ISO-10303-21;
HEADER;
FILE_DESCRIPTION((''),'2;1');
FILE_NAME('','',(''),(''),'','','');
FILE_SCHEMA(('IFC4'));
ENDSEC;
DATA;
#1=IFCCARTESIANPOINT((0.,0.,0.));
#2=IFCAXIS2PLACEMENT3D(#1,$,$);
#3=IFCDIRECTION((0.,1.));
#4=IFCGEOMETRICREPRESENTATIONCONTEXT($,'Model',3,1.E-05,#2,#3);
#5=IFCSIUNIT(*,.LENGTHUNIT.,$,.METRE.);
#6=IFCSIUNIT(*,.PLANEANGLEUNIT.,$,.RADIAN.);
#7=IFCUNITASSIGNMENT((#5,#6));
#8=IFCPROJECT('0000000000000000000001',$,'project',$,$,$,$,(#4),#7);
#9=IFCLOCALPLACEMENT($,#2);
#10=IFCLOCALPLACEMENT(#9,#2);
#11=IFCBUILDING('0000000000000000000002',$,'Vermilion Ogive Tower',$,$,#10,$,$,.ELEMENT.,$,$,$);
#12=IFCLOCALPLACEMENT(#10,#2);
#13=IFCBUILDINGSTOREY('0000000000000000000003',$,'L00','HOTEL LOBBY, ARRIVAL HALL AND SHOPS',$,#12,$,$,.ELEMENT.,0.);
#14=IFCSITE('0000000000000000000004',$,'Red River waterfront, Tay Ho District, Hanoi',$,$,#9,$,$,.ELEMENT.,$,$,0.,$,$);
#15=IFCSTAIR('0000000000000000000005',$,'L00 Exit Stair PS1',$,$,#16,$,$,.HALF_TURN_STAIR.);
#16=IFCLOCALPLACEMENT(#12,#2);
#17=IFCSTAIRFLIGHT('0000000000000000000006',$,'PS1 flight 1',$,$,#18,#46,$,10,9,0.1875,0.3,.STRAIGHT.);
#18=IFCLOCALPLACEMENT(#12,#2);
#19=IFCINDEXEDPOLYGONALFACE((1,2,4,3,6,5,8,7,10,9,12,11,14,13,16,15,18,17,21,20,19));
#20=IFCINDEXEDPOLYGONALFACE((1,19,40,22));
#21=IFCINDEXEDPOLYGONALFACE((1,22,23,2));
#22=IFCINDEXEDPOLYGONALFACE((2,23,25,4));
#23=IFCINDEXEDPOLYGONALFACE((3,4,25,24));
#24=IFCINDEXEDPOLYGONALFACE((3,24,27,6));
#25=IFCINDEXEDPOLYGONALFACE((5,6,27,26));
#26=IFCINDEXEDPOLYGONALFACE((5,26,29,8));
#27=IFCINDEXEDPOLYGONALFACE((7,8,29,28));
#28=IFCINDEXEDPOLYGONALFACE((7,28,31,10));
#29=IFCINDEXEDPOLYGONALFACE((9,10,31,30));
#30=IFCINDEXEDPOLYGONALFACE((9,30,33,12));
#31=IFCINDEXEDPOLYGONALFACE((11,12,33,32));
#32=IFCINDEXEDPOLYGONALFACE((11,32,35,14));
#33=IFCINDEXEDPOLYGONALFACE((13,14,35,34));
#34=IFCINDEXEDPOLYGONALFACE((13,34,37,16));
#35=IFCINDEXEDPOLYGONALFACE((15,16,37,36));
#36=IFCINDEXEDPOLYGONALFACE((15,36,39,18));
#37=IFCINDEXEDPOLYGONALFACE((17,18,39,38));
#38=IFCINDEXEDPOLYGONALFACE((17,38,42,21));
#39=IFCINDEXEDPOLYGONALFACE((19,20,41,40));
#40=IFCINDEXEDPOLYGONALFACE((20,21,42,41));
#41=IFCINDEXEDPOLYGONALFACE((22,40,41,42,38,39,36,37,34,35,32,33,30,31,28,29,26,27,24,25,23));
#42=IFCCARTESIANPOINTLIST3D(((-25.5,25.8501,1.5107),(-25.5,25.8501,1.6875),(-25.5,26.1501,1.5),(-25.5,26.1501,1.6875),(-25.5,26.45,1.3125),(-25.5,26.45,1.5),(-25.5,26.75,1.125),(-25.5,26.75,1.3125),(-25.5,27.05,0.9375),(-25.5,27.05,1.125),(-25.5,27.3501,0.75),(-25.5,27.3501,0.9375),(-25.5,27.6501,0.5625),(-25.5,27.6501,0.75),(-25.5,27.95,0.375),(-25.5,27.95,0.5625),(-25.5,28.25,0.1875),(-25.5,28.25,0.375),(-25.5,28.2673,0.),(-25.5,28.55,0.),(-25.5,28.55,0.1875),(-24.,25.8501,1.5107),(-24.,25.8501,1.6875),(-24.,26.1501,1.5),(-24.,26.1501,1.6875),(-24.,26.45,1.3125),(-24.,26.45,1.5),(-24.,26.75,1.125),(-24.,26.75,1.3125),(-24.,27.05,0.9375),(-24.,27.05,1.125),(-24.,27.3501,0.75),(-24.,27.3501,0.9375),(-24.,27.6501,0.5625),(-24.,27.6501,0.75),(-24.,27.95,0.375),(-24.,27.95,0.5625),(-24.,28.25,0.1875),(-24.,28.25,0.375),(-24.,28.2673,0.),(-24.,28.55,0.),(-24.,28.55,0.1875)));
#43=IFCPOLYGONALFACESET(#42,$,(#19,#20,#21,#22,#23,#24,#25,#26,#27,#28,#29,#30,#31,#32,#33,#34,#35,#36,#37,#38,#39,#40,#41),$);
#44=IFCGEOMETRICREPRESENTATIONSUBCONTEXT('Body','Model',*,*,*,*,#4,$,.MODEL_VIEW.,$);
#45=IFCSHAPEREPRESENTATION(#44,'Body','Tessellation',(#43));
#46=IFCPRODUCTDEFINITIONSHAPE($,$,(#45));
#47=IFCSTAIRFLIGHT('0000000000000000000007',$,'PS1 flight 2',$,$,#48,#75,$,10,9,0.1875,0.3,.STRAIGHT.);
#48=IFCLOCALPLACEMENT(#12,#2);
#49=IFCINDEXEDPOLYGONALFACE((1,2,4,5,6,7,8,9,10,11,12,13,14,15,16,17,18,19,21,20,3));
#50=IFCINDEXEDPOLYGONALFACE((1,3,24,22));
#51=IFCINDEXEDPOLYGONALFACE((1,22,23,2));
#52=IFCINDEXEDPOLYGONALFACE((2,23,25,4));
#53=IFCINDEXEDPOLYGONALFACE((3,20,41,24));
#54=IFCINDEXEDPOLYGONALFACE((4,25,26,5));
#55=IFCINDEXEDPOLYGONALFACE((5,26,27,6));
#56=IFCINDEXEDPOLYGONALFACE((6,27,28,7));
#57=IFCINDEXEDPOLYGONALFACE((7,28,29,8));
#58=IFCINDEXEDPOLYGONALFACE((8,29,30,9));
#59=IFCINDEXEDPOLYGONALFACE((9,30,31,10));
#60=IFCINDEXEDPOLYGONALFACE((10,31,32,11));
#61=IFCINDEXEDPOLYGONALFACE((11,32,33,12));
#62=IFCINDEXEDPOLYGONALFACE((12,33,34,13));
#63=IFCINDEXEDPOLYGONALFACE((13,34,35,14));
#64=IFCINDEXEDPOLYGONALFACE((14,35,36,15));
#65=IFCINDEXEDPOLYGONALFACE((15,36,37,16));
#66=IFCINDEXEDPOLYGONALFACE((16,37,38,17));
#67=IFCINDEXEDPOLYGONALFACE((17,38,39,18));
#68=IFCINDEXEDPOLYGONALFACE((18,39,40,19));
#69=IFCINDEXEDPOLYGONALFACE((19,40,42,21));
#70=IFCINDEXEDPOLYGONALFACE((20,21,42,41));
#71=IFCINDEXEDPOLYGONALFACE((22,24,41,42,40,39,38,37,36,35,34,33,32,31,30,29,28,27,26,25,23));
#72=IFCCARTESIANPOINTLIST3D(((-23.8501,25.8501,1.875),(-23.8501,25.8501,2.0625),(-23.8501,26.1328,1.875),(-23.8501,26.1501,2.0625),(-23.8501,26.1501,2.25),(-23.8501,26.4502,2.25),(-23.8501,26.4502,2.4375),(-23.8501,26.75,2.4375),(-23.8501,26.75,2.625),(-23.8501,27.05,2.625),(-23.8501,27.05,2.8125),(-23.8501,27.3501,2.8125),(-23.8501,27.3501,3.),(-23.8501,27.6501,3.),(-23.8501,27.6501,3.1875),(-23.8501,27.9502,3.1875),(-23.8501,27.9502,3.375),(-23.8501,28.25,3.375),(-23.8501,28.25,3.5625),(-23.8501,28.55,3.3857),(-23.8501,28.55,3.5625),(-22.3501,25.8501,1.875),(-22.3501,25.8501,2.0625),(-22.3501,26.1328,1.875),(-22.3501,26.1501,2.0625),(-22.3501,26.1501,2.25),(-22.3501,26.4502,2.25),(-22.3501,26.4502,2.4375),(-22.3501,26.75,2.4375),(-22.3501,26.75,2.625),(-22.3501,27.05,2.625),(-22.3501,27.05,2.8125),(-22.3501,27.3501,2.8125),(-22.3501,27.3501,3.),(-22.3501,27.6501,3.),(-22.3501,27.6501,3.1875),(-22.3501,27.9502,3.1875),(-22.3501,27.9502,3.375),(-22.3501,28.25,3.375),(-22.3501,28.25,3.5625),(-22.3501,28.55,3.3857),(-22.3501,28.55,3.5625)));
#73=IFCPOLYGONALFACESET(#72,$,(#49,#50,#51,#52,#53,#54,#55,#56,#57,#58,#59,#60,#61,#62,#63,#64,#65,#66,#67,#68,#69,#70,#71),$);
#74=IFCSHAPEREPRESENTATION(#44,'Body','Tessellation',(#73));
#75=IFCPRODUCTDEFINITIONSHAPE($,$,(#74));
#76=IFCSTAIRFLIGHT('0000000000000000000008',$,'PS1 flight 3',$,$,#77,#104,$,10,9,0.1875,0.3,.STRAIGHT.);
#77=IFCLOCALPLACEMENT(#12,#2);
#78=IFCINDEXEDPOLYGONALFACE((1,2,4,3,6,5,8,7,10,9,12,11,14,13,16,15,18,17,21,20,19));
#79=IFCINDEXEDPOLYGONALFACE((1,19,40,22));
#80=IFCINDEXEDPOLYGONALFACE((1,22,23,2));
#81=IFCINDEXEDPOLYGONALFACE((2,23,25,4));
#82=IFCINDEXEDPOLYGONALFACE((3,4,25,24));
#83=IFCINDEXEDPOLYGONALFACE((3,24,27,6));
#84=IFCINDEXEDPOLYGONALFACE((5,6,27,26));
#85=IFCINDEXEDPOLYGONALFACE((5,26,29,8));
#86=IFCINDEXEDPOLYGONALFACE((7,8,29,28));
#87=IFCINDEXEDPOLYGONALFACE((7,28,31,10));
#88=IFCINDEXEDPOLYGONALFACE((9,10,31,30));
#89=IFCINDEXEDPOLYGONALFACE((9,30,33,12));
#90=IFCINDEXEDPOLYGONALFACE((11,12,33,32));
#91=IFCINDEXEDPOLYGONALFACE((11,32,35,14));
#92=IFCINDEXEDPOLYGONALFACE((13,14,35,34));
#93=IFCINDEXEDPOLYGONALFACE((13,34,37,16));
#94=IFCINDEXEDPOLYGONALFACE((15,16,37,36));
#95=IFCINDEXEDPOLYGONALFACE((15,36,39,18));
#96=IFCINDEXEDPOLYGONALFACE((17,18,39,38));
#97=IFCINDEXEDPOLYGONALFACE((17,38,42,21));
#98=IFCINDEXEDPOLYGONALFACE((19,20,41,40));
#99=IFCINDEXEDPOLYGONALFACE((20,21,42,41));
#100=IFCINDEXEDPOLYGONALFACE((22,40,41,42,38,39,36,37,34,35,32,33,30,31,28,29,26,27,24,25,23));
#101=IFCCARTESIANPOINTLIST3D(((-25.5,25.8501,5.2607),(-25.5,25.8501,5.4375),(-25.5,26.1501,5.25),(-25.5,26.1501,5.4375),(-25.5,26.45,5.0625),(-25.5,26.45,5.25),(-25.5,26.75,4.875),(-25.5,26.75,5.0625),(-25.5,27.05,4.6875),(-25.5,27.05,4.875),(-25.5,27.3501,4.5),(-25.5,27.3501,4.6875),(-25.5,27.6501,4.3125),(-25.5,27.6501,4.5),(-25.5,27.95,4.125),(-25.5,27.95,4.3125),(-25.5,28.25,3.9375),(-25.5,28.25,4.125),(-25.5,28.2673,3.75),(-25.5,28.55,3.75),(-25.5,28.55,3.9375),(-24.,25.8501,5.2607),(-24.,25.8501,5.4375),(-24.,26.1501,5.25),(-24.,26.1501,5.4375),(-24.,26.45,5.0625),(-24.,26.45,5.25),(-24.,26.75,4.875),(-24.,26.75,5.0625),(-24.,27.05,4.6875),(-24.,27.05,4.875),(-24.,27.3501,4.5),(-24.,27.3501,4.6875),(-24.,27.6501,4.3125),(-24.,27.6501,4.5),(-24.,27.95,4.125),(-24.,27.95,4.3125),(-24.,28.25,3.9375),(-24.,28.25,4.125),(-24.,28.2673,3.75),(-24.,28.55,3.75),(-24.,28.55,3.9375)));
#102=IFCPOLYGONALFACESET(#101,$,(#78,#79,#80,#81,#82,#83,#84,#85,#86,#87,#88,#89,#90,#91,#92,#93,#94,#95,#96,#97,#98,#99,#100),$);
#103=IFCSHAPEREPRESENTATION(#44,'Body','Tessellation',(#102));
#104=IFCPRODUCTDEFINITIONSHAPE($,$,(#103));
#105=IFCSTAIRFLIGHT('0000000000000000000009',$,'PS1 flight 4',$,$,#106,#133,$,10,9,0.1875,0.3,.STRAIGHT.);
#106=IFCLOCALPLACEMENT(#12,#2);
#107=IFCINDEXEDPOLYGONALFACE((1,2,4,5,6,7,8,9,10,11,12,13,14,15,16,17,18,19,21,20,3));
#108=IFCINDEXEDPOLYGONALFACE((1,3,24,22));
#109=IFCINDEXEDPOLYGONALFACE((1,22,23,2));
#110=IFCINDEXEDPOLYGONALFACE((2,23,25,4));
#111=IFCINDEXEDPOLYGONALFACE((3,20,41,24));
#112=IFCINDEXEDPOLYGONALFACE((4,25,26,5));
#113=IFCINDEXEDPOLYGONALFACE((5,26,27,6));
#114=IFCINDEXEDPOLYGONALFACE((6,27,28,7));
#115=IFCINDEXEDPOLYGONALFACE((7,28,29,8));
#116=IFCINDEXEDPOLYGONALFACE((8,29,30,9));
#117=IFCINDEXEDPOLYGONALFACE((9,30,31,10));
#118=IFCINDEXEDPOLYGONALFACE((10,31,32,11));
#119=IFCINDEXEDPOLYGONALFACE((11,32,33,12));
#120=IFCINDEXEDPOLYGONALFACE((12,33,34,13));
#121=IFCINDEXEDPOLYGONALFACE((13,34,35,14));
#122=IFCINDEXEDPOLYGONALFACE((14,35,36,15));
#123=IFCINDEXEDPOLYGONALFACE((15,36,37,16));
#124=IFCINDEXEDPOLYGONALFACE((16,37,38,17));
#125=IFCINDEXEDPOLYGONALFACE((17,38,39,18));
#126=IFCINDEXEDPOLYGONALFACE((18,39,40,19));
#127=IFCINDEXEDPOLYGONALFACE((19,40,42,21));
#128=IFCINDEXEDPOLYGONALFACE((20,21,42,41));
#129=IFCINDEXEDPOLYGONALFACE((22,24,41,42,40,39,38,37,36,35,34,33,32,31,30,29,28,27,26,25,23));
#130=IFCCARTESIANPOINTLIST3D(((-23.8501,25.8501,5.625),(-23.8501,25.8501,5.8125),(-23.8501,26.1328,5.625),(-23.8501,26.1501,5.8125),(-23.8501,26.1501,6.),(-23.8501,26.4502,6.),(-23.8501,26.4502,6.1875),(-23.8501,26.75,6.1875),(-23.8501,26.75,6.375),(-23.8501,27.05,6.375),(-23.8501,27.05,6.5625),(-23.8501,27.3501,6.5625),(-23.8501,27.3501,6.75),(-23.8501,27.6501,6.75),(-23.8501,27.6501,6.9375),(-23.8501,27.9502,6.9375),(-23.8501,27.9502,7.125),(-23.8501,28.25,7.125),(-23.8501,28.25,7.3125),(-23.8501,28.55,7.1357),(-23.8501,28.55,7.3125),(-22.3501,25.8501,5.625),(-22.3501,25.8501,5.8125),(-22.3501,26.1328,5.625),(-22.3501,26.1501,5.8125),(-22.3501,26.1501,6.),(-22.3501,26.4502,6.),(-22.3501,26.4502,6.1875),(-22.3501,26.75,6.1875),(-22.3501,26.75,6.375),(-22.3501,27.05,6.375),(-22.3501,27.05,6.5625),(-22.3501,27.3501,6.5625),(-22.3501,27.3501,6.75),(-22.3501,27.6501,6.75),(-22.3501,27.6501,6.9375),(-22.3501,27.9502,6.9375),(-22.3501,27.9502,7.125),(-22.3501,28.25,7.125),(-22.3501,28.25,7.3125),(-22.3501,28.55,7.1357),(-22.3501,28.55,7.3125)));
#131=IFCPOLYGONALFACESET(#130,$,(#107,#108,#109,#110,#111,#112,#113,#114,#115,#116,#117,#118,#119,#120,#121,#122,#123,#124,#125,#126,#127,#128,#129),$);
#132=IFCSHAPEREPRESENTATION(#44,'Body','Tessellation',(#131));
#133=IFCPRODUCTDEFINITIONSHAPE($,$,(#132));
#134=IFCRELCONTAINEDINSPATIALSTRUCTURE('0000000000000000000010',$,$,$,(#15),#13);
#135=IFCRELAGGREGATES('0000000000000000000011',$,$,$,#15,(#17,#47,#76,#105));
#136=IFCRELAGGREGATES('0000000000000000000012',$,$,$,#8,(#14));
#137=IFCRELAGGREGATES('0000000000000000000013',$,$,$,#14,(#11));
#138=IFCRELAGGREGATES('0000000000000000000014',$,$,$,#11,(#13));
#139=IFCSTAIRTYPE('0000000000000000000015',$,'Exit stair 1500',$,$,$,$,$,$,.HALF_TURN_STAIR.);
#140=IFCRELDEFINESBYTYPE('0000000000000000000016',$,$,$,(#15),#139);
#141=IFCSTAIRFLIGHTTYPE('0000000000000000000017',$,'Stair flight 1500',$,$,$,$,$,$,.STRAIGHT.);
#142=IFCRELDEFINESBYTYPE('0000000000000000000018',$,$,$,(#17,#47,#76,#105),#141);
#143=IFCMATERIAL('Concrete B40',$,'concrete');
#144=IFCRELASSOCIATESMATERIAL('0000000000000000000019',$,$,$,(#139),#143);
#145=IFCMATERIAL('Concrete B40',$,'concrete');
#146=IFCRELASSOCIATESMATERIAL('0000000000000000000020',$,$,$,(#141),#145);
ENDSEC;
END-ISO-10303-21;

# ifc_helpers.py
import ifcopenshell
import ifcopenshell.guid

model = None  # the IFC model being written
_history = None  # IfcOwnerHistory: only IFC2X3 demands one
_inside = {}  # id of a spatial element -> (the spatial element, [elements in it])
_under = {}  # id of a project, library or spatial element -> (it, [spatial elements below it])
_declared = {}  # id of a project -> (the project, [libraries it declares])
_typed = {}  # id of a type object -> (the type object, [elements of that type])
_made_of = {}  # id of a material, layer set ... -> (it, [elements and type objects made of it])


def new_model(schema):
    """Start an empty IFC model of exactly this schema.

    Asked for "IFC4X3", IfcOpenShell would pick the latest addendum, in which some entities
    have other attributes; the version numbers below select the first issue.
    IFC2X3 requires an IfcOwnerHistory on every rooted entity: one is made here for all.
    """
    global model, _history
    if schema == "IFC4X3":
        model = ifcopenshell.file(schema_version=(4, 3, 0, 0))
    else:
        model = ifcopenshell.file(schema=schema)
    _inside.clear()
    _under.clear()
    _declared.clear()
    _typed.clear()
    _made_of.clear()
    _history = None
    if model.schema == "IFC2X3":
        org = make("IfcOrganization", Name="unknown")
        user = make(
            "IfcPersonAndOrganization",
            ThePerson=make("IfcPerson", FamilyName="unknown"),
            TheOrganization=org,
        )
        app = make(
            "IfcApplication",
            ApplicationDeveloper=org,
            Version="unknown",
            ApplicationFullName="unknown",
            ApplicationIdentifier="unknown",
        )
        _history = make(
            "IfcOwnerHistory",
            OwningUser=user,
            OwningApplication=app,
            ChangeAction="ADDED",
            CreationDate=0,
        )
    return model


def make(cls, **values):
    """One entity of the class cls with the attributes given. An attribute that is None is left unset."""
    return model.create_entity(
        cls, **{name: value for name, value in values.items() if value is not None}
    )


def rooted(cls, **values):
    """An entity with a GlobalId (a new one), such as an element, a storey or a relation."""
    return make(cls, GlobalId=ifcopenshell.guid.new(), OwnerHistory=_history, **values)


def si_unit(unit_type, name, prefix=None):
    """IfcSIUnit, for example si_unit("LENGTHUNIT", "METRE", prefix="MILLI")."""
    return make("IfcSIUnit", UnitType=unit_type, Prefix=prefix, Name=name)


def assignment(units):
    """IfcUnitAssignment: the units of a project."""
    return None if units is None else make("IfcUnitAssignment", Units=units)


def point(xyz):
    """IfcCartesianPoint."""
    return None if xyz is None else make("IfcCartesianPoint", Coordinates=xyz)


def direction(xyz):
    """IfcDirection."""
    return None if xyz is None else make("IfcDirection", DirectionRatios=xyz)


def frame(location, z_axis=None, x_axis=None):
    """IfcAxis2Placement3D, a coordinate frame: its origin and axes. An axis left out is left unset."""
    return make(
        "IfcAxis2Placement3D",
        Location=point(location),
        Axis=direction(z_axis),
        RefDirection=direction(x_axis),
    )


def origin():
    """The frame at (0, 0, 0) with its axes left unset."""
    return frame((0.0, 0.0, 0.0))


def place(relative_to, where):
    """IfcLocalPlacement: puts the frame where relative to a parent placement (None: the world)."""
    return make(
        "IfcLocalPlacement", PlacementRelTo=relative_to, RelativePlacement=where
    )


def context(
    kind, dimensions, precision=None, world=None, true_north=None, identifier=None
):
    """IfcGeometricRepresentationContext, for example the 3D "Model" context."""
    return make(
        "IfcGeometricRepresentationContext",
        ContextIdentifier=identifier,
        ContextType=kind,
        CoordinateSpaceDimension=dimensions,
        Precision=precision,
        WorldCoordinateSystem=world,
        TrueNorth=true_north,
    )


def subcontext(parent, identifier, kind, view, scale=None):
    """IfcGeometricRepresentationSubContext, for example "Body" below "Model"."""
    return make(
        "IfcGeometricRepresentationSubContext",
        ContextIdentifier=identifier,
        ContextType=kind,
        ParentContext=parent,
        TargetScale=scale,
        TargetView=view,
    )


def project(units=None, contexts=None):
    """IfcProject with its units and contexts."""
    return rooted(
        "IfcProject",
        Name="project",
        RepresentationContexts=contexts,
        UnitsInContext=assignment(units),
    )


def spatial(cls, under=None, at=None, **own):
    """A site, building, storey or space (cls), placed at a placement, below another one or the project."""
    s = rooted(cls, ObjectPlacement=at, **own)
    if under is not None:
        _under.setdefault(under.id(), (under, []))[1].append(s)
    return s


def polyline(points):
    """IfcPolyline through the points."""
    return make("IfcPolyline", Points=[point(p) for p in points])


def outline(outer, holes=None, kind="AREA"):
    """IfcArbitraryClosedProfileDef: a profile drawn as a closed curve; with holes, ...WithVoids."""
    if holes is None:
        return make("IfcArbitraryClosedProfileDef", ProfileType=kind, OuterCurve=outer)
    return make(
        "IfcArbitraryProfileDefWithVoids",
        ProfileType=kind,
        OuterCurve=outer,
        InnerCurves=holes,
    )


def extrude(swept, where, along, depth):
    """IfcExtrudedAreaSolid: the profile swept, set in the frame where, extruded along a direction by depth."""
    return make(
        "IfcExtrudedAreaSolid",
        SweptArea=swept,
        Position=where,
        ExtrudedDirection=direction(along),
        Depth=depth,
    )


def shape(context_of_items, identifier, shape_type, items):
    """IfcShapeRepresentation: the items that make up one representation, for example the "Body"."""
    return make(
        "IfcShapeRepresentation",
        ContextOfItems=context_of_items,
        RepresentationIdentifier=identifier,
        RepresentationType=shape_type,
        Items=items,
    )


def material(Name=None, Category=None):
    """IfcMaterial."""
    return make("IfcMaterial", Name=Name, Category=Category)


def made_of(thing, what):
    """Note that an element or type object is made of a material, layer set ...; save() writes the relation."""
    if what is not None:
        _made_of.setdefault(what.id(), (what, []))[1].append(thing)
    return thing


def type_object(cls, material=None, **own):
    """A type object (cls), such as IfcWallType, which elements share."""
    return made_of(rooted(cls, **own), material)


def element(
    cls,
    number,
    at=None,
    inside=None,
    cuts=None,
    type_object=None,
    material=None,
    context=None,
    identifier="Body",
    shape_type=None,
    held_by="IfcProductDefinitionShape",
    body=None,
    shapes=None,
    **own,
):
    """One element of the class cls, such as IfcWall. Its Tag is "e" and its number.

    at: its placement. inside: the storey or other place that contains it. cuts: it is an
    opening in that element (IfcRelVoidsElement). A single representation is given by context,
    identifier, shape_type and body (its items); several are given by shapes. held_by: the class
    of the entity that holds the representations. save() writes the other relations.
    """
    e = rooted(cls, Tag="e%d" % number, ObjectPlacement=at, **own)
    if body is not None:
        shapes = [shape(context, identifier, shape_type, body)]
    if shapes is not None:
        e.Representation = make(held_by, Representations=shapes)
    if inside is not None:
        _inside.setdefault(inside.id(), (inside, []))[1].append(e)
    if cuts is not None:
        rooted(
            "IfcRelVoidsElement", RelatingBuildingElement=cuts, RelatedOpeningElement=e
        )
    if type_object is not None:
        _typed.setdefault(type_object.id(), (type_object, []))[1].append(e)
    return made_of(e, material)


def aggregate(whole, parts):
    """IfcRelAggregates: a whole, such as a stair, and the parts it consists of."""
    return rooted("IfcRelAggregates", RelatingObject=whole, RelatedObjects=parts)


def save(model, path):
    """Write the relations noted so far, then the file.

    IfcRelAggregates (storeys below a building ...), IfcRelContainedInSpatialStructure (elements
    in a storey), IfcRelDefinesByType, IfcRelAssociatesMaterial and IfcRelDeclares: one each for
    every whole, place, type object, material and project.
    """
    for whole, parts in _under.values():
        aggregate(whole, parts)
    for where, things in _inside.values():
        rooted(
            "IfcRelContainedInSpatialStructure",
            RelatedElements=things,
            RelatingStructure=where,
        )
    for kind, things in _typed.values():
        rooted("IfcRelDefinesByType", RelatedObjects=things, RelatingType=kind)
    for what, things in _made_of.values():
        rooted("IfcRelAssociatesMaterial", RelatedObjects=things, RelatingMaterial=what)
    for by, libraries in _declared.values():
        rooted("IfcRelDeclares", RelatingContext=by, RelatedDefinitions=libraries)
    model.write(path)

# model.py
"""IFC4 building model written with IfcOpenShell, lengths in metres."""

from ifc_helpers import new_model, si_unit, direction, frame, origin, place, context, subcontext, project, spatial, polyline, outline, extrude, material, type_object, element, aggregate, save


model = new_model("IFC4")

# Units and contexts
model_context = context("Model", 3, precision=1e-05, world=origin(), true_north=direction((0.0, 1.0)))
body_context = subcontext(model_context, "Body", "Model", "MODEL_VIEW")
ifc_project = project(units=[si_unit("LENGTHUNIT", "METRE"), si_unit("PLANEANGLEUNIT", "RADIAN")], contexts=[model_context])

# Site, building, storey
site_placement = place(None, origin())
site = spatial("IfcSite", under=ifc_project, at=site_placement, Name="Red River waterfront, Tay Ho District, Hanoi", CompositionType="ELEMENT", RefElevation=0.0)
building_placement = place(site_placement, origin())
building = spatial("IfcBuilding", under=site, at=building_placement, Name="Vermilion Ogive Tower", CompositionType="ELEMENT")
storey_placement = place(building_placement, origin())
storey = spatial("IfcBuildingStorey", under=building, at=storey_placement, Name="L00", Description="HOTEL LOBBY, ARRIVAL HALL AND SHOPS", CompositionType="ELEMENT", Elevation=0.0)

# Stair, stair flights
ifc_material_1 = material(Name="Concrete B40", Category="concrete")
stair_type = type_object("IfcStairType", Name="Exit stair 1500", PredefinedType="HALF_TURN_STAIR", material=ifc_material_1)
stair_placement = place(storey_placement, origin())
stair = element("IfcStair", 1, at=stair_placement, inside=storey, type_object=stair_type, Name="L00 Exit Stair PS1", PredefinedType="HALF_TURN_STAIR")
ifc_material_2 = material(Name="Concrete B40", Category="concrete")
stair_flight_type = type_object("IfcStairFlightType", Name="Stair flight 1500", PredefinedType="STRAIGHT", material=ifc_material_2)
stair_flight_1_placement = place(storey_placement, frame((-24.75, 28.55, 0.0), z_axis=(0.0, 0.0, 1.0), x_axis=(0.0, -1.0, 0.0)))
stair_flight_1 = element("IfcStairFlight", 2, at=stair_flight_1_placement, type_object=stair_flight_type, Name="PS1 flight 1", NumberOfRisers=10, NumberOfTreads=9, PredefinedType="STRAIGHT", RiserHeight=0.1875, TreadLength=0.3, context=body_context, shape_type="SweptSolid", body=[
    extrude(outline(polyline([(0.0, 0.0), (0.0, 0.1875), (0.3, 0.1875), (0.3, 0.375), (0.6001, 0.375), (0.6001, 0.5625), (0.8999, 0.5625), (0.8999, 0.75), (1.2, 0.75), (1.2, 0.9375), (1.5, 0.9375), (1.5, 1.125), (1.8, 1.125), (1.8, 1.3125), (2.1001, 1.3125), (2.1001, 1.5), (2.3999, 1.5), (2.3999, 1.6875), (2.7, 1.6875), (2.7, 1.875), (2.7, 1.5107), (0.2827, 0.0), (0.0, 0.0)])), frame((0.0, 0.75, 0.0), z_axis=(0.0, -1.0, 0.0), x_axis=(1.0, 0.0, 0.0)), (0.0, 0.0, 1.0), 1.5),
])
stair_flight_2_placement = place(storey_placement, frame((-23.1001, 25.8501, 1.875), z_axis=(0.0, 0.0, 1.0), x_axis=(0.0, 1.0, 0.0)))
stair_flight_2 = element("IfcStairFlight", 3, at=stair_flight_2_placement, type_object=stair_flight_type, Name="PS1 flight 2", NumberOfRisers=10, NumberOfTreads=9, PredefinedType="STRAIGHT", RiserHeight=0.1875, TreadLength=0.3, context=body_context, shape_type="SweptSolid", body=[
    extrude(outline(polyline([(0.0, 0.0), (0.0, 0.1875), (0.3, 0.1875), (0.3, 0.375), (0.6001, 0.375), (0.6001, 0.5625), (0.8999, 0.5625), (0.8999, 0.75), (1.2, 0.75), (1.2, 0.9375), (1.5, 0.9375), (1.5, 1.125), (1.8, 1.125), (1.8, 1.3125), (2.1001, 1.3125), (2.1001, 1.5), (2.3999, 1.5), (2.3999, 1.6875), (2.7, 1.6875), (2.7, 1.875), (2.7, 1.5107), (0.2827, 0.0), (0.0, 0.0)])), frame((0.0, 0.75, 0.0), z_axis=(0.0, -1.0, 0.0), x_axis=(1.0, 0.0, 0.0)), (0.0, 0.0, 1.0), 1.5),
])
stair_flight_3_placement = place(storey_placement, frame((-24.75, 28.55, 3.75), z_axis=(0.0, 0.0, 1.0), x_axis=(0.0, -1.0, 0.0)))
stair_flight_3 = element("IfcStairFlight", 4, at=stair_flight_3_placement, type_object=stair_flight_type, Name="PS1 flight 3", NumberOfRisers=10, NumberOfTreads=9, PredefinedType="STRAIGHT", RiserHeight=0.1875, TreadLength=0.3, context=body_context, shape_type="SweptSolid", body=[
    extrude(outline(polyline([(0.0, 0.0), (0.0, 0.1875), (0.3, 0.1875), (0.3, 0.375), (0.6001, 0.375), (0.6001, 0.5625), (0.8999, 0.5625), (0.8999, 0.75), (1.2, 0.75), (1.2, 0.9375), (1.5, 0.9375), (1.5, 1.125), (1.8, 1.125), (1.8, 1.3125), (2.1001, 1.3125), (2.1001, 1.5), (2.3999, 1.5), (2.3999, 1.6875), (2.7, 1.6875), (2.7, 1.875), (2.7, 1.5107), (0.2827, 0.0), (0.0, 0.0)])), frame((0.0, 0.75, 0.0), z_axis=(0.0, -1.0, 0.0), x_axis=(1.0, 0.0, 0.0)), (0.0, 0.0, 1.0), 1.5),
])
stair_flight_4_placement = place(storey_placement, frame((-23.1001, 25.8501, 5.625), z_axis=(0.0, 0.0, 1.0), x_axis=(0.0, 1.0, 0.0)))
stair_flight_4 = element("IfcStairFlight", 5, at=stair_flight_4_placement, type_object=stair_flight_type, Name="PS1 flight 4", NumberOfRisers=10, NumberOfTreads=9, PredefinedType="STRAIGHT", RiserHeight=0.1875, TreadLength=0.3, context=body_context, shape_type="SweptSolid", body=[
    extrude(outline(polyline([(0.0, 0.0), (0.0, 0.1875), (0.3, 0.1875), (0.3, 0.375), (0.6001, 0.375), (0.6001, 0.5625), (0.8999, 0.5625), (0.8999, 0.75), (1.2, 0.75), (1.2, 0.9375), (1.5, 0.9375), (1.5, 1.125), (1.8, 1.125), (1.8, 1.3125), (2.1001, 1.3125), (2.1001, 1.5), (2.3999, 1.5), (2.3999, 1.6875), (2.7, 1.6875), (2.7, 1.875), (2.7, 1.5107), (0.2827, 0.0), (0.0, 0.0)])), frame((0.0, 0.75, 0.0), z_axis=(0.0, -1.0, 0.0), x_axis=(1.0, 0.0, 0.0)), (0.0, 0.0, 1.0), 1.5),
])
aggregate(stair, [stair_flight_1, stair_flight_2, stair_flight_3, stair_flight_4])

save(model, "model.ifc")
